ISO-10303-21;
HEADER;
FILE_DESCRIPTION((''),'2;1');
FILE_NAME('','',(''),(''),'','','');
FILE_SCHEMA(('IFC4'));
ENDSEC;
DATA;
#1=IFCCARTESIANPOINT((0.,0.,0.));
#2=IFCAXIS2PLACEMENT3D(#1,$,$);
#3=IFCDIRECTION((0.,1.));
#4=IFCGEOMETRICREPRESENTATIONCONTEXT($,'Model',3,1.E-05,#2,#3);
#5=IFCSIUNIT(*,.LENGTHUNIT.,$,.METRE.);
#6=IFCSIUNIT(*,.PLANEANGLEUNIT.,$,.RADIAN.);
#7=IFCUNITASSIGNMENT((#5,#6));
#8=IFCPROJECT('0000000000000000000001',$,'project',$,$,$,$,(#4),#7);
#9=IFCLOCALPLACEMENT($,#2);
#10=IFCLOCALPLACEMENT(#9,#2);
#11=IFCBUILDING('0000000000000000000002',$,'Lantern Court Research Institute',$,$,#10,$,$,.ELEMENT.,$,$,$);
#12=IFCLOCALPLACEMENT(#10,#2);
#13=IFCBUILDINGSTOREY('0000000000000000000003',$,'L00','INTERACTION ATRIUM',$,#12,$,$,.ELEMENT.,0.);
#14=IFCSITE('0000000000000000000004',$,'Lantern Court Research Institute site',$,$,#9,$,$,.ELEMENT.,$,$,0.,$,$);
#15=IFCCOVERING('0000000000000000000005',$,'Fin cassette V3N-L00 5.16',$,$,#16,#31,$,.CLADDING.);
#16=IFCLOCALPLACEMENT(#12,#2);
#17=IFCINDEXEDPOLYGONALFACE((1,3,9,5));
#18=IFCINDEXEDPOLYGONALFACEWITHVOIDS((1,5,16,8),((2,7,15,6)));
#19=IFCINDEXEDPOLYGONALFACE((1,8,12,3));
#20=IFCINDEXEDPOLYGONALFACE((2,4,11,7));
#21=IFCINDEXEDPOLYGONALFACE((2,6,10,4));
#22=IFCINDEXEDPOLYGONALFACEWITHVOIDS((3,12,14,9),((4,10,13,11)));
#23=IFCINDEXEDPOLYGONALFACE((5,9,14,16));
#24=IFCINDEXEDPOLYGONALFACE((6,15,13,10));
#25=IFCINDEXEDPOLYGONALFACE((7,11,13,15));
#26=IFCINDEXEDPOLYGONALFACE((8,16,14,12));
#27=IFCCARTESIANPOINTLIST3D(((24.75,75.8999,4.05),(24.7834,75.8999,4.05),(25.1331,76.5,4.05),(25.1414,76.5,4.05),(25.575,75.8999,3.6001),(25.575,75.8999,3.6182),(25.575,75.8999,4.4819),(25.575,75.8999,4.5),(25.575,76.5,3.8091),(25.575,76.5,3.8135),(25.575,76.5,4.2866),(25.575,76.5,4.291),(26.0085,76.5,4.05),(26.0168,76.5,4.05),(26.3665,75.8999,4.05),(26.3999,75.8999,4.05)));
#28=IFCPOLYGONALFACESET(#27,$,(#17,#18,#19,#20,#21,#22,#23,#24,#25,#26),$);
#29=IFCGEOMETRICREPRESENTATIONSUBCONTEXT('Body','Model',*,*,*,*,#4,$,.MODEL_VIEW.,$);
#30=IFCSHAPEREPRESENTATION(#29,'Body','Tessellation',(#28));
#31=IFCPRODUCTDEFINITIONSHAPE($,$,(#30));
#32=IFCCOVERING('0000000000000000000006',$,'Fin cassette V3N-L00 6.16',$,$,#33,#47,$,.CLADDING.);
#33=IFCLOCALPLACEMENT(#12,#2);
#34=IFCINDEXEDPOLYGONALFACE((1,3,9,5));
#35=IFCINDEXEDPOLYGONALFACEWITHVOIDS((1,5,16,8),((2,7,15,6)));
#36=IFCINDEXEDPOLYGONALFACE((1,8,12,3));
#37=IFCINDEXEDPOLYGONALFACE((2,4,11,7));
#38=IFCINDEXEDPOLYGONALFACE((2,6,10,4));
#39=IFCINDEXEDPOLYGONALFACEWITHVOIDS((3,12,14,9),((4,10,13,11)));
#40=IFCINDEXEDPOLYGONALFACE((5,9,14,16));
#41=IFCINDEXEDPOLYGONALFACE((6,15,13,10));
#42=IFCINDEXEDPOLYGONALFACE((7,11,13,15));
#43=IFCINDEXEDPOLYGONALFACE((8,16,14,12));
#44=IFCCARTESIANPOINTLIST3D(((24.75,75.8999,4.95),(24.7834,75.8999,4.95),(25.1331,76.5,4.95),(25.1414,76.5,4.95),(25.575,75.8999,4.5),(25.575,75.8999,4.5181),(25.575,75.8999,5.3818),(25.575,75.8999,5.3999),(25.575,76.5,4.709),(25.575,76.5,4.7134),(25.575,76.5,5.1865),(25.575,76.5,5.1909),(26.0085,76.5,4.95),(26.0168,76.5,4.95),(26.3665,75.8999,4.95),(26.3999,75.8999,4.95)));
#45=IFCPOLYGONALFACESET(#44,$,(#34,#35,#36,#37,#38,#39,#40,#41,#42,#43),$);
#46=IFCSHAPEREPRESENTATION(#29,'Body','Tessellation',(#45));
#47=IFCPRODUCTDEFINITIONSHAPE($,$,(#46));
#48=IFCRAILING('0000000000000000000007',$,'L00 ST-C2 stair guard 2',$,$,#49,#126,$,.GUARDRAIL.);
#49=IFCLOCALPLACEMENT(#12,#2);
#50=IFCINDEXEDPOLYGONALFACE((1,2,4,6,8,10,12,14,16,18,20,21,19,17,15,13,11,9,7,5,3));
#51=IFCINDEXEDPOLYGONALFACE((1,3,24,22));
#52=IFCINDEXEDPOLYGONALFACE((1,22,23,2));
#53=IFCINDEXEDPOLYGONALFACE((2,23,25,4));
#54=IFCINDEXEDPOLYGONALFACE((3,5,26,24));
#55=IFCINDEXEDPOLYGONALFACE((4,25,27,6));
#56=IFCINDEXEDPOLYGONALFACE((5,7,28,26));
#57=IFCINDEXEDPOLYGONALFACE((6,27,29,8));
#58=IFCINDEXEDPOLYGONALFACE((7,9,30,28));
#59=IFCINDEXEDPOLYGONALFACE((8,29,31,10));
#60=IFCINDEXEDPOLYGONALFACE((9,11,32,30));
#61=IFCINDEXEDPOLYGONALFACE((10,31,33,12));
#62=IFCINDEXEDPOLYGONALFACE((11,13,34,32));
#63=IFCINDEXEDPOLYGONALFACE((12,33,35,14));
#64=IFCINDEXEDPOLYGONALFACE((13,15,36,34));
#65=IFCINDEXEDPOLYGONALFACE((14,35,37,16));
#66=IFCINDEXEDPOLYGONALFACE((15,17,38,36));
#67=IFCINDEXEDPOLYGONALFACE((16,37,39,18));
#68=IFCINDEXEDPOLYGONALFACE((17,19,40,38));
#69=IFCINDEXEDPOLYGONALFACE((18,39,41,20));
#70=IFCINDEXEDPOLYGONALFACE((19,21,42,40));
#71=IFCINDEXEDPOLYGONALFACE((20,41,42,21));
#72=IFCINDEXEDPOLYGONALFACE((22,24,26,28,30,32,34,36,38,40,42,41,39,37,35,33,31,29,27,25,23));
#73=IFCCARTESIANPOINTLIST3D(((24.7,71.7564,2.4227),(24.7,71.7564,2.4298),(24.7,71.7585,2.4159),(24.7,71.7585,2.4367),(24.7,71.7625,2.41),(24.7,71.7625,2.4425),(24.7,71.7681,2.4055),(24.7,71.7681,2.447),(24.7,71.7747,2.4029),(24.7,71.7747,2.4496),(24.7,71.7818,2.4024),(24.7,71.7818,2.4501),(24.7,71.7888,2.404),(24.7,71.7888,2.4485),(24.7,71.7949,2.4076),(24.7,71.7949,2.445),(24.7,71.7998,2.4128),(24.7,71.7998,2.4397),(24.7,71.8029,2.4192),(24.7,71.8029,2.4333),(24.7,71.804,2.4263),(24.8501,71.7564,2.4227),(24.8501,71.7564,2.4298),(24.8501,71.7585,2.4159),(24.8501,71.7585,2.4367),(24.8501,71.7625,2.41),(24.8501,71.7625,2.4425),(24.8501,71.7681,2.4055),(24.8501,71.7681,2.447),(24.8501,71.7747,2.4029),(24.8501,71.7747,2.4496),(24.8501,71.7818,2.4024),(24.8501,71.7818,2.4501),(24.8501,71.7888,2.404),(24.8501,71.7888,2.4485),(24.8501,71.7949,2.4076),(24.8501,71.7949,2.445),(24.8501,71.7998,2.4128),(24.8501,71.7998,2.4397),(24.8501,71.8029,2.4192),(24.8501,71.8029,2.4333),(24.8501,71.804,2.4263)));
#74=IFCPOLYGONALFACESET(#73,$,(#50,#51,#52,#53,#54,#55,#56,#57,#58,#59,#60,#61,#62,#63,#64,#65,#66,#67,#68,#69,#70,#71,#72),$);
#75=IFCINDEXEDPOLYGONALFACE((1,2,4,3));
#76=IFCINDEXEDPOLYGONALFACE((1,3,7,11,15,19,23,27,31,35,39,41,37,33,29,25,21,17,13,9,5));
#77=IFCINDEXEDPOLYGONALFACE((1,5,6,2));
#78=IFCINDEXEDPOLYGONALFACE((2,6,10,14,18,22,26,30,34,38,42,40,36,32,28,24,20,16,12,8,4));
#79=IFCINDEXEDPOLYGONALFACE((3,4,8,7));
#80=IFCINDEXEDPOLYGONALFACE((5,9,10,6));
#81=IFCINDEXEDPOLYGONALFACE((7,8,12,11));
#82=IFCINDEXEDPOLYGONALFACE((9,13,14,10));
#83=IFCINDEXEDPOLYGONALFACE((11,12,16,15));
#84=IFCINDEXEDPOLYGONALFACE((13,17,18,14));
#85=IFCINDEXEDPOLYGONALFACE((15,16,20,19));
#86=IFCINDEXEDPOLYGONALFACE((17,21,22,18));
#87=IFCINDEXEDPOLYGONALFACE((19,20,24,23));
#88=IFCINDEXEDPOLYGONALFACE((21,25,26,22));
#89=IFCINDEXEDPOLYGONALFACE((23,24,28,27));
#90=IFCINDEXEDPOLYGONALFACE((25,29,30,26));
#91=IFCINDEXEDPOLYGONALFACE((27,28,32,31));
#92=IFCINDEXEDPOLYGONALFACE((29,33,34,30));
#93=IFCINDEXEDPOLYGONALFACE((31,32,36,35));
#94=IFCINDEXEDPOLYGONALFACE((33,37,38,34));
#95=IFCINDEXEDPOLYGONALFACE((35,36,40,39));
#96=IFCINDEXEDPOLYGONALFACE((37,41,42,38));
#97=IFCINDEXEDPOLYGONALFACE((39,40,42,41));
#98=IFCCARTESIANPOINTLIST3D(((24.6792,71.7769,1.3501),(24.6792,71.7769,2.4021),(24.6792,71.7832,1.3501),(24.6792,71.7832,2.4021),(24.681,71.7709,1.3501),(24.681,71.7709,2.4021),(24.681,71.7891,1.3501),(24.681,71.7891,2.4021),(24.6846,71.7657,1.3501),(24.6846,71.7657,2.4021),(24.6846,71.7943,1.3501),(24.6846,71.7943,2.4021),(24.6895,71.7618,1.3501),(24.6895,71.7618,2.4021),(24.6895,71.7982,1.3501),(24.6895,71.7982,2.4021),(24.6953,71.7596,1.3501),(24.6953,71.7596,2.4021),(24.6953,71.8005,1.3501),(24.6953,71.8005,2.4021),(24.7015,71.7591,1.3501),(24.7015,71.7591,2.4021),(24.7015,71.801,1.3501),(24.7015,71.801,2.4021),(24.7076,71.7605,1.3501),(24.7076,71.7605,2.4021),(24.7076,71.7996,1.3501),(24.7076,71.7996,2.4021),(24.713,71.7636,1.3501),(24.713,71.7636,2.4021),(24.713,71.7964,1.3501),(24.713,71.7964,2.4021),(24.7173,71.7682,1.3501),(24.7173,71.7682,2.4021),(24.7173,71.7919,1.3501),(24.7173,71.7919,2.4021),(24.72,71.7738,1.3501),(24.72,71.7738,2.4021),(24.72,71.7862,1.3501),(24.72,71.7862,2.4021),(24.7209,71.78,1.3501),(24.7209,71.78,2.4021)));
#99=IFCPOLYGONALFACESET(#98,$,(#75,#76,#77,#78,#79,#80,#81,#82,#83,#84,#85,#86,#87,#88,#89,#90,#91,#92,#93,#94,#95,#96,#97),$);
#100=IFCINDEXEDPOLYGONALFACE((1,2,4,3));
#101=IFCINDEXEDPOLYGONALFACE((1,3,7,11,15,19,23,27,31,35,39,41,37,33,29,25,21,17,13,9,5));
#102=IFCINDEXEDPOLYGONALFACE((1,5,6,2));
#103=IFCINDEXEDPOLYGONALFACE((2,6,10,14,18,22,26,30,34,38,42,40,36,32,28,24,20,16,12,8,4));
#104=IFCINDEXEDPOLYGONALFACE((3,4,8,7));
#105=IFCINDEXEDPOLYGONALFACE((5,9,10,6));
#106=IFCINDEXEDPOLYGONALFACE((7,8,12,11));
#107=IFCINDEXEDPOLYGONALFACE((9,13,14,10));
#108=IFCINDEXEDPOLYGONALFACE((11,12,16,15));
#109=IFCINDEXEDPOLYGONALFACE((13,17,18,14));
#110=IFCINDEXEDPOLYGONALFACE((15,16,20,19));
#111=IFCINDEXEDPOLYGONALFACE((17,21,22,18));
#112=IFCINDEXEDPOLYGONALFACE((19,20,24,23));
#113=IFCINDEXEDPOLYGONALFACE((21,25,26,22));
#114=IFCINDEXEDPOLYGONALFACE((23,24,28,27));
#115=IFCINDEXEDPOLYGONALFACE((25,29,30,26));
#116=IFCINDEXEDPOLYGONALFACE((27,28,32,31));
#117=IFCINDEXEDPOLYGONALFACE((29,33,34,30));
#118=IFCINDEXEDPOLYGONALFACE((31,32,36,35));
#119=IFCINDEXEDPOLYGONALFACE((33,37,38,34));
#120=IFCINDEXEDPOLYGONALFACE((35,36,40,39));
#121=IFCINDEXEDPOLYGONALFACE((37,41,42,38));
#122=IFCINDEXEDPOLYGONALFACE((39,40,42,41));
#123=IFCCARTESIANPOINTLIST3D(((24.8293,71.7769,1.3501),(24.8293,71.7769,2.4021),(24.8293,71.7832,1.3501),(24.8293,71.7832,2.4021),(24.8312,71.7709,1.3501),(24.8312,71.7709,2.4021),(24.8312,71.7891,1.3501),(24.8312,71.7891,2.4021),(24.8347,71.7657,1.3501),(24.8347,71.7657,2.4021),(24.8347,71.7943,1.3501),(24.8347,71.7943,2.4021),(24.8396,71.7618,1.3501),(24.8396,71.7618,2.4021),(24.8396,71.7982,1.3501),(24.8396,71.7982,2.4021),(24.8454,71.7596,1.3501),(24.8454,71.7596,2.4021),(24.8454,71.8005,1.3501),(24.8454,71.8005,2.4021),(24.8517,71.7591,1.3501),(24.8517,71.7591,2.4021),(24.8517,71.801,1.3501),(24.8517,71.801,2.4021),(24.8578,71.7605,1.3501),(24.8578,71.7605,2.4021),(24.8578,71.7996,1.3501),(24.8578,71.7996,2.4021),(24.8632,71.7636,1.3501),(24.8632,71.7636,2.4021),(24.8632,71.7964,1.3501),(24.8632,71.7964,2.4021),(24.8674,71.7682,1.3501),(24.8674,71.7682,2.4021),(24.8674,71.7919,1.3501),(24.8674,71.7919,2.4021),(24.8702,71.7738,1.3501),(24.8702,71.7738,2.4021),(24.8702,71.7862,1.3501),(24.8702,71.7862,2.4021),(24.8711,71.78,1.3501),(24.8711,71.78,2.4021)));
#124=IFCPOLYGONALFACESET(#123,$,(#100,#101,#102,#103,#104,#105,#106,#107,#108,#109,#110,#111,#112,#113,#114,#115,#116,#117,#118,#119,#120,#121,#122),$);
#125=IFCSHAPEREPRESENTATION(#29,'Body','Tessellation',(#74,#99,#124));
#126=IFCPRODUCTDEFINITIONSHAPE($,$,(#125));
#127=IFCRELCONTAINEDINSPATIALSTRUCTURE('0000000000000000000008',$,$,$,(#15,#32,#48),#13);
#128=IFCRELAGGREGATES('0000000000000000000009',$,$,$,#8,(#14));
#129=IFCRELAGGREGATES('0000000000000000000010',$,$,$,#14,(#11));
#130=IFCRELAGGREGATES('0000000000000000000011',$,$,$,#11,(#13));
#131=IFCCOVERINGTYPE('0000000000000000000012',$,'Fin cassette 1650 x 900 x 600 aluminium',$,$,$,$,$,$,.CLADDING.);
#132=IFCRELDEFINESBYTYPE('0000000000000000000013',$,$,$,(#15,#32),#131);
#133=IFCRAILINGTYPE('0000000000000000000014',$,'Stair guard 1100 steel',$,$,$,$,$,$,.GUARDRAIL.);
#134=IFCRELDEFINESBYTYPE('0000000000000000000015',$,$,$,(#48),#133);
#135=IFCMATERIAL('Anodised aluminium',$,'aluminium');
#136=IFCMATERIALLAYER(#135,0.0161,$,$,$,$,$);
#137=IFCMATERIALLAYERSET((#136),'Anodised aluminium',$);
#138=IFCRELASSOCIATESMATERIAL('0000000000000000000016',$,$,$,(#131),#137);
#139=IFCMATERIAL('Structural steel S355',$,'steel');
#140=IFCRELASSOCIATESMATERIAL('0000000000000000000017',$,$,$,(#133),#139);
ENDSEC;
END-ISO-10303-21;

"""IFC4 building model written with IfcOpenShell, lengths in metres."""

from ifc_helpers import new_model, entity, si_unit, direction, frame, origin, origin_2d, place, context, subcontext, project, spatial, circle, extrude, material, layer, layer_set, type_object, element, save


model = new_model("IFC4")

# Units and contexts
model_context = context("Model", 3, precision=1e-05, world=origin(), true_north=direction((0.0, 1.0)))
body_context = subcontext(model_context, "Body", "Model", "MODEL_VIEW")
ifc_project = project(units=[si_unit("LENGTHUNIT", "METRE"), si_unit("PLANEANGLEUNIT", "RADIAN")], contexts=[model_context])

# Site, building, storey
site_placement = place(None, origin())
site = spatial("IfcSite", under=ifc_project, at=site_placement, Name="Lantern Court Research Institute site", CompositionType="ELEMENT", RefElevation=0.0)
building_placement = place(site_placement, origin())
building = spatial("IfcBuilding", under=site, at=building_placement, Name="Lantern Court Research Institute", CompositionType="ELEMENT")
storey_placement = place(building_placement, origin())
storey = spatial("IfcBuildingStorey", under=building, at=storey_placement, Name="L00", Description="INTERACTION ATRIUM", CompositionType="ELEMENT", Elevation=0.0)

# Coverings
ifc_material_1 = material(Name="Anodised aluminium", Category="aluminium")
ifc_layer_1 = layer(ifc_material_1, 0.0161)
ifc_layer_set_1 = layer_set([ifc_layer_1], Name="Anodised aluminium")
covering_type_1 = type_object("IfcCoveringType", Name="Fin cassette 1650 x 900 x 600 aluminium", PredefinedType="CLADDING", material=ifc_layer_set_1)
covering_1_placement = place(storey_placement, frame((25.575, 75.8999, 4.05), z_axis=(0.0, 1.0, 0.0), x_axis=(-1.0, 0.0, 0.0)))
cartesian_point_1 = entity("IfcCartesianPoint", [0.825, 0.0])
cartesian_point_2 = entity("IfcCartesianPoint", [0.7915, 0.0])
cartesian_point_3 = entity("IfcCartesianPoint", [0.4419, 0.0])
cartesian_point_4 = entity("IfcCartesianPoint", [0.4336, 0.0])
element("IfcCovering", 1, at=covering_1_placement, inside=storey, type_object=covering_type_1, Name="Fin cassette V3N-L00 5.16", PredefinedType="CLADDING", context=body_context, shape_type="SweptSolid", body=[
    entity("IfcExtrudedAreaSolidTapered", entity("IfcArbitraryProfileDefWithVoids", "AREA", None, entity("IfcPolyline", [cartesian_point_1, entity("IfcCartesianPoint", [0.0, 0.45]), entity("IfcCartesianPoint", [-0.825, 0.0]), entity("IfcCartesianPoint", [0.0, -0.45]), cartesian_point_1]), [entity("IfcPolyline", [cartesian_point_2, entity("IfcCartesianPoint", [0.0, 0.4319]), entity("IfcCartesianPoint", [-0.7915, 0.0]), entity("IfcCartesianPoint", [0.0, -0.4319]), cartesian_point_2])]), entity("IfcAxis2Placement3D", entity("IfcCartesianPoint", [0.0, 0.0, 0.0])), entity("IfcDirection", [0.0, 0.0, 1.0]), 0.6001, entity("IfcArbitraryProfileDefWithVoids", "AREA", None, entity("IfcPolyline", [cartesian_point_3, entity("IfcCartesianPoint", [0.0, 0.241]), entity("IfcCartesianPoint", [-0.4419, 0.0]), entity("IfcCartesianPoint", [0.0, -0.241]), cartesian_point_3]), [entity("IfcPolyline", [cartesian_point_4, entity("IfcCartesianPoint", [0.0, 0.2366]), entity("IfcCartesianPoint", [-0.4336, 0.0]), entity("IfcCartesianPoint", [0.0, -0.2366]), cartesian_point_4])])),
])
covering_2_placement = place(storey_placement, frame((25.575, 75.8999, 4.95), z_axis=(0.0, 1.0, 0.0), x_axis=(-1.0, 0.0, 0.0)))
cartesian_point_5 = entity("IfcCartesianPoint", [0.825, 0.0])
cartesian_point_6 = entity("IfcCartesianPoint", [0.7915, 0.0])
cartesian_point_7 = entity("IfcCartesianPoint", [0.4419, 0.0])
cartesian_point_8 = entity("IfcCartesianPoint", [0.4336, 0.0])
element("IfcCovering", 2, at=covering_2_placement, inside=storey, type_object=covering_type_1, Name="Fin cassette V3N-L00 6.16", PredefinedType="CLADDING", context=body_context, shape_type="SweptSolid", body=[
    entity("IfcExtrudedAreaSolidTapered", entity("IfcArbitraryProfileDefWithVoids", "AREA", None, entity("IfcPolyline", [cartesian_point_5, entity("IfcCartesianPoint", [0.0, 0.45]), entity("IfcCartesianPoint", [-0.825, 0.0]), entity("IfcCartesianPoint", [0.0, -0.45]), cartesian_point_5]), [entity("IfcPolyline", [cartesian_point_6, entity("IfcCartesianPoint", [0.0, 0.4319]), entity("IfcCartesianPoint", [-0.7915, 0.0]), entity("IfcCartesianPoint", [0.0, -0.4319]), cartesian_point_6])]), entity("IfcAxis2Placement3D", entity("IfcCartesianPoint", [0.0, 0.0, 0.0])), entity("IfcDirection", [0.0, 0.0, 1.0]), 0.6001, entity("IfcArbitraryProfileDefWithVoids", "AREA", None, entity("IfcPolyline", [cartesian_point_7, entity("IfcCartesianPoint", [0.0, 0.241]), entity("IfcCartesianPoint", [-0.4419, 0.0]), entity("IfcCartesianPoint", [0.0, -0.241]), cartesian_point_7]), [entity("IfcPolyline", [cartesian_point_8, entity("IfcCartesianPoint", [0.0, 0.2366]), entity("IfcCartesianPoint", [-0.4336, 0.0]), entity("IfcCartesianPoint", [0.0, -0.2366]), cartesian_point_8])])),
])

# Railing
ifc_material_2 = material(Name="Structural steel S355", Category="steel")
railing_type_1 = type_object("IfcRailingType", Name="Stair guard 1100 steel", PredefinedType="GUARDRAIL", material=ifc_material_2)
railing_1_placement = place(storey_placement, frame((24.7, 71.78, 1.3501)))
element("IfcRailing", 3, at=railing_1_placement, inside=storey, type_object=railing_type_1, Name="L00 ST-C2 stair guard 2", PredefinedType="GUARDRAIL", context=body_context, shape_type="SweptSolid", body=[
    extrude(circle(Radius=0.0239, at=origin_2d()), frame((0.0, 0.0, 1.0762), z_axis=(1.0, 0.0, 0.0), x_axis=(0.0, 1.0, 0.0)), (0.0, 0.0, 1.0), 0.1501),
    extrude(circle(Radius=0.021, at=origin_2d()), origin(), (0.0, 0.0, 1.0), 1.052),
    extrude(circle(Radius=0.021, at=origin_2d()), frame((0.1501, 0.0, 0.0)), (0.0, 0.0, 1.0), 1.052),
])

save(model, "model.ifc")
